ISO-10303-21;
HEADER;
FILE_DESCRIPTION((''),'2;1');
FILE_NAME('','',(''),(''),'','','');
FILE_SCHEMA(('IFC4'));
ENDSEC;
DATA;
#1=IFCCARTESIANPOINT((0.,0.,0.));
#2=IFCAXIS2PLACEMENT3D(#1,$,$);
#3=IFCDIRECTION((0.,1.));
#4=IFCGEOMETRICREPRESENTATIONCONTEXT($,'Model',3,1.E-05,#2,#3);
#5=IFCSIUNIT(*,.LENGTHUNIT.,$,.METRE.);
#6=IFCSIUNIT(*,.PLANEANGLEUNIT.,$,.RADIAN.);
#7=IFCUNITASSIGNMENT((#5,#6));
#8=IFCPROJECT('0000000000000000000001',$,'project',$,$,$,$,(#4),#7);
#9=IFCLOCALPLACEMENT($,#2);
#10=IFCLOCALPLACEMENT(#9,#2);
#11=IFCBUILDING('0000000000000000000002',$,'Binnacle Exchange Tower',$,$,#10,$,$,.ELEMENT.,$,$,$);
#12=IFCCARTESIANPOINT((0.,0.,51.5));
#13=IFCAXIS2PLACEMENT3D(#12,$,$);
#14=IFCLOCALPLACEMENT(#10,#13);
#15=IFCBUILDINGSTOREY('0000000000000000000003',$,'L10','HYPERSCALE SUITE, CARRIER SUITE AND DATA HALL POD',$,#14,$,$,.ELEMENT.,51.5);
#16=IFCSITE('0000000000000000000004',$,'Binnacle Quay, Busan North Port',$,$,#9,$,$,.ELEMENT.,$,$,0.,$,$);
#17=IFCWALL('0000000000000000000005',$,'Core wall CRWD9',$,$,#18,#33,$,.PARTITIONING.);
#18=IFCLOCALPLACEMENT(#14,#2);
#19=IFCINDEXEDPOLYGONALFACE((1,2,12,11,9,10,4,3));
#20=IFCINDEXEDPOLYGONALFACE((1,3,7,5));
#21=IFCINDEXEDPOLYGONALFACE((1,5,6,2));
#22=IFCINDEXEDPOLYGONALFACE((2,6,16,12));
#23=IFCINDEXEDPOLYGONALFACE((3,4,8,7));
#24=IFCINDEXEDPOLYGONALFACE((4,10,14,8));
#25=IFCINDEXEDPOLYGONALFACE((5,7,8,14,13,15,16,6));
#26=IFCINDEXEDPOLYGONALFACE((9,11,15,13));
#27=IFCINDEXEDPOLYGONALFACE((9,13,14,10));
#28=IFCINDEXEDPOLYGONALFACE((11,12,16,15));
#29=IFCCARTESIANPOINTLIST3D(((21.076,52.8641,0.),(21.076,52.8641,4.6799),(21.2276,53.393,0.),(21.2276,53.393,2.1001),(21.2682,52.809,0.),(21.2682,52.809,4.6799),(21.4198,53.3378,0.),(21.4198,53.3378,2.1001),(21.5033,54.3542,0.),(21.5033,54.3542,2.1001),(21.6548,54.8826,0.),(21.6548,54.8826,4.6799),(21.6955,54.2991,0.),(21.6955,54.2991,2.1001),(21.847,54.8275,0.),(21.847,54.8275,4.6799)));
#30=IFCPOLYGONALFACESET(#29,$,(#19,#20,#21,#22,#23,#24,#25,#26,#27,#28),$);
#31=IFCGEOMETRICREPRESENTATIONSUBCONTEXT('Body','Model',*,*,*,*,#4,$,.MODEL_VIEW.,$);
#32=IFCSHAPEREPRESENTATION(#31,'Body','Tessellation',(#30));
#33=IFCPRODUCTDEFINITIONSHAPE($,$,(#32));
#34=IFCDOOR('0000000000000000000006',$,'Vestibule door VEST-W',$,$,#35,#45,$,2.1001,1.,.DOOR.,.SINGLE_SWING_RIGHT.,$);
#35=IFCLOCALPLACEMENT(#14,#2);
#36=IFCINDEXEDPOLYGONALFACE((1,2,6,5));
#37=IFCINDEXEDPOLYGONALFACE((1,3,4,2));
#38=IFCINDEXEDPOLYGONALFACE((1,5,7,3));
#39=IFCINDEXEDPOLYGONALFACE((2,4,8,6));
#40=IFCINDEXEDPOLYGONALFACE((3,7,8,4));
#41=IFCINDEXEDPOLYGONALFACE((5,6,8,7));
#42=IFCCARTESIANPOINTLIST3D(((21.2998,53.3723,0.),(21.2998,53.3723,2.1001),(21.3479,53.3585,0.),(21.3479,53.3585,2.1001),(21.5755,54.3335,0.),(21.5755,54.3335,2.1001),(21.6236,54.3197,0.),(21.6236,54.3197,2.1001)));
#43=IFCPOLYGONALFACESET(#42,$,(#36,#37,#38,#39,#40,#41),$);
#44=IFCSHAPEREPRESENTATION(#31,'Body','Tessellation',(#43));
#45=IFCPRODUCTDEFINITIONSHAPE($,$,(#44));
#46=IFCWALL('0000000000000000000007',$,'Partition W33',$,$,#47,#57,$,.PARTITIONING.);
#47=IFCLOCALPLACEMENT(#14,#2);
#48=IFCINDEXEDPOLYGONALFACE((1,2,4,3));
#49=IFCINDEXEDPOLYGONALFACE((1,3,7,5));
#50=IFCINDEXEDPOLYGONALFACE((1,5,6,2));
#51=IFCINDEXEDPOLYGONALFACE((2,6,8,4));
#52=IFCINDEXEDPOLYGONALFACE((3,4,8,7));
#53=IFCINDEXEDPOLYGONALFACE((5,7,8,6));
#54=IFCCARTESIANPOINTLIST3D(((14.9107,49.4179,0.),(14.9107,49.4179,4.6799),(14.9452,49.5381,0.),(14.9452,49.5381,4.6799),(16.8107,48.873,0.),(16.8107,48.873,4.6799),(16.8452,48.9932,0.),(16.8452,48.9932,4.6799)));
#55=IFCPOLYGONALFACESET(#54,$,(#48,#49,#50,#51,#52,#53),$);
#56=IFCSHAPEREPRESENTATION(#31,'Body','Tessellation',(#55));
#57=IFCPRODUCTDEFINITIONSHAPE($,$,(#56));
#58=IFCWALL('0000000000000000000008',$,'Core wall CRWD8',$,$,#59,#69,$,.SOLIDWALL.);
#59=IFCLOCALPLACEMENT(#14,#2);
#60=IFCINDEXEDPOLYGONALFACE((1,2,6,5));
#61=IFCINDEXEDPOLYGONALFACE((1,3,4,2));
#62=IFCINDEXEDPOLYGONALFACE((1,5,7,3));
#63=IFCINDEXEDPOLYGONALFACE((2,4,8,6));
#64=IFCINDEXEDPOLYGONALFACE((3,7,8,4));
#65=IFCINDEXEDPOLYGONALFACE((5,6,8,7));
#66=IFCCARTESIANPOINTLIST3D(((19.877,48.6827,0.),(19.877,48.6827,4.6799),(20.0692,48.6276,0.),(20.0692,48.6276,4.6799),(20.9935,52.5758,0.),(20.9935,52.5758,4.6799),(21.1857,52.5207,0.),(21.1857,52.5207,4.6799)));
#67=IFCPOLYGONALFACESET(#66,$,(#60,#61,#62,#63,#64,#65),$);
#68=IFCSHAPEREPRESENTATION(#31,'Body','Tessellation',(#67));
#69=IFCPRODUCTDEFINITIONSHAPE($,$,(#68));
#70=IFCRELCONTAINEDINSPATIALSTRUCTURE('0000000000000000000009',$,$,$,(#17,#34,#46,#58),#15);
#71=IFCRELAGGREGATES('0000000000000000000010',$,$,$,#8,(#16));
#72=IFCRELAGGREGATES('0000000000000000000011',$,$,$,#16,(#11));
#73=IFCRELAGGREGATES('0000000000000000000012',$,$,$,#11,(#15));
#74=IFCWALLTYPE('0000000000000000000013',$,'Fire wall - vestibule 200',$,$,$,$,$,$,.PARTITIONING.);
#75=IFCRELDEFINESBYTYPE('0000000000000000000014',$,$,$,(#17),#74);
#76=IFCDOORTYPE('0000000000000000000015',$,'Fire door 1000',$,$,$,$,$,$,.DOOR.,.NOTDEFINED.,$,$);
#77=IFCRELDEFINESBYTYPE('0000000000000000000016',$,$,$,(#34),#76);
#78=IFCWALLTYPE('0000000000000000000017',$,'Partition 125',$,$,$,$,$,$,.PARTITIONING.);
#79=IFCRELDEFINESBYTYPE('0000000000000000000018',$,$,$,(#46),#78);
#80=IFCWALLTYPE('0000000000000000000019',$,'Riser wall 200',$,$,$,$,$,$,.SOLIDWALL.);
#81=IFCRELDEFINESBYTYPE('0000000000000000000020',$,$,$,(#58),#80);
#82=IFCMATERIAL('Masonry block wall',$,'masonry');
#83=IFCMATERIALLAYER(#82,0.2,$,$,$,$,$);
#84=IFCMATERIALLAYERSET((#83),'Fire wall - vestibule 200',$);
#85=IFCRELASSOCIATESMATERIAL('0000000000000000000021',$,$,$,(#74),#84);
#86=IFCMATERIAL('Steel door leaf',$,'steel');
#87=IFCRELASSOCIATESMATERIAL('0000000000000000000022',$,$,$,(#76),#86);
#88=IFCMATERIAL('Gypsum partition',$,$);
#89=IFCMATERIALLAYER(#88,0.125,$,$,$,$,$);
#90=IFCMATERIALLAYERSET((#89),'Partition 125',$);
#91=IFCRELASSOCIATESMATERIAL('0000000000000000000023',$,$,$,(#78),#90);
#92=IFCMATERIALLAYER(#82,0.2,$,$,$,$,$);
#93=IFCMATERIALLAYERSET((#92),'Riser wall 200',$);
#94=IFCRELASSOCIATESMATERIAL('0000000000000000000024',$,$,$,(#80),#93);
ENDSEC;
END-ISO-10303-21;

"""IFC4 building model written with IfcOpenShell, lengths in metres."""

from ifc_helpers import new_model, si_unit, direction, frame, frame_2d, origin, place, context, subcontext, project, spatial, rectangle, extrude, material, layer, layer_set, type_object, element, fill, save


model = new_model("IFC4")

# Units and contexts
model_context = context("Model", 3, precision=1e-05, world=origin(), true_north=direction((0.0, 1.0)))
body_context = subcontext(model_context, "Body", "Model", "MODEL_VIEW")
ifc_project = project(units=[si_unit("LENGTHUNIT", "METRE"), si_unit("PLANEANGLEUNIT", "RADIAN")], contexts=[model_context])

# Site, building, storey
site_placement = place(None, origin())
site = spatial("IfcSite", under=ifc_project, at=site_placement, Name="Binnacle Quay, Busan North Port", CompositionType="ELEMENT", RefElevation=0.0)
building_placement = place(site_placement, origin())
building = spatial("IfcBuilding", under=site, at=building_placement, Name="Binnacle Exchange Tower", CompositionType="ELEMENT")
storey_placement = place(building_placement, frame((0.0, 0.0, 51.5)))
storey = spatial("IfcBuildingStorey", under=building, at=storey_placement, Name="L10", Description="HYPERSCALE SUITE, CARRIER SUITE AND DATA HALL POD", CompositionType="ELEMENT", Elevation=51.5)

# Shared definitions
ifc_material_1 = material(Name="Steel door leaf", Category="steel")

# Shared definitions
ifc_material_2 = material(Name="Masonry block wall", Category="masonry")

# Wall, opening, door
ifc_layer_1 = layer(ifc_material_2, 0.2)
ifc_layer_set_1 = layer_set([ifc_layer_1], Name="Fire wall - vestibule 200")
wall_type_1 = type_object("IfcWallType", Name="Fire wall - vestibule 200", PredefinedType="PARTITIONING", material=ifc_layer_set_1)
wall_1_placement = place(storey_placement, frame((21.1721, 52.8367, 0.0), z_axis=(0.0, 0.0, 1.0), x_axis=(0.275658, 0.961256, 0.0)))
wall_1 = element("IfcWall", 1, at=wall_1_placement, inside=storey, type_object=wall_type_1, Name="Core wall CRWD9", PredefinedType="PARTITIONING", context=body_context, shape_type="SweptSolid", body=[
    extrude(rectangle(XDim=2.0999, YDim=0.2, at=frame_2d((1.0498, 0.0))), origin(), (0.0, 0.0, 1.0), 4.6799),
])
opening_1_placement = place(wall_1_placement, frame((0.55, 0.0, 0.0)))
opening_1 = element("IfcOpeningElement", 2, at=opening_1_placement, cuts=wall_1, PredefinedType="OPENING", context=body_context, shape_type="SweptSolid", body=[
    extrude(rectangle(XDim=1.0, YDim=2.1001, at=frame_2d((0.5, 1.05))), frame((0.0, 0.1099, 0.0), z_axis=(0.0, -1.0, 0.0), x_axis=(1.0, 0.0, 0.0)), (0.0, 0.0, 1.0), 0.22),
])
door_type_1 = type_object("IfcDoorType", Name="Fire door 1000", OperationType="NOTDEFINED", PredefinedType="DOOR", material=ifc_material_1)
door_1_placement = place(opening_1_placement, origin())
door_1 = element("IfcDoor", 3, at=door_1_placement, inside=storey, type_object=door_type_1, Name="Vestibule door VEST-W", OperationType="SINGLE_SWING_RIGHT", OverallHeight=2.1001, OverallWidth=1.0, PredefinedType="DOOR", context=body_context, shape_type="SweptSolid", body=[
    extrude(rectangle(XDim=1.0, YDim=2.1001, at=frame_2d((0.5, 1.05))), frame((0.0, 0.0249, 0.0), z_axis=(0.0, -1.0, 0.0), x_axis=(1.0, 0.0, 0.0)), (0.0, 0.0, 1.0), 0.05),
])
fill(opening_1, door_1)

# Walls
ifc_material_3 = material(Name="Gypsum partition")
ifc_layer_2 = layer(ifc_material_3, 0.125)
ifc_layer_set_2 = layer_set([ifc_layer_2], Name="Partition 125")
wall_type_2 = type_object("IfcWallType", Name="Partition 125", PredefinedType="PARTITIONING", material=ifc_layer_set_2)
wall_2_placement = place(storey_placement, frame((14.928, 49.478, 0.0), z_axis=(0.0, 0.0, 1.0), x_axis=(0.961244, -0.2757, 0.0)))
element("IfcWall", 4, at=wall_2_placement, inside=storey, type_object=wall_type_2, Name="Partition W33", PredefinedType="PARTITIONING", context=body_context, shape_type="SweptSolid", body=[
    extrude(rectangle(XDim=1.9766, YDim=0.125, at=frame_2d((0.9883, 0.0))), origin(), (0.0, 0.0, 1.0), 4.6799),
])
ifc_layer_3 = layer(ifc_material_2, 0.2)
ifc_layer_set_3 = layer_set([ifc_layer_3], Name="Riser wall 200")
wall_type_3 = type_object("IfcWallType", Name="Riser wall 200", PredefinedType="SOLIDWALL", material=ifc_layer_set_3)
wall_3_placement = place(storey_placement, frame((19.9731, 48.6553, 0.0), z_axis=(0.0, 0.0, 1.0), x_axis=(0.275668, 0.961253, 0.0)))
element("IfcWall", 5, at=wall_3_placement, inside=storey, type_object=wall_type_3, Name="Core wall CRWD8", PredefinedType="SOLIDWALL", context=body_context, shape_type="SweptSolid", body=[
    extrude(rectangle(XDim=4.05, YDim=0.2, at=frame_2d((2.0249, 0.0))), origin(), (0.0, 0.0, 1.0), 4.6799),
])

save(model, "model.ifc")
